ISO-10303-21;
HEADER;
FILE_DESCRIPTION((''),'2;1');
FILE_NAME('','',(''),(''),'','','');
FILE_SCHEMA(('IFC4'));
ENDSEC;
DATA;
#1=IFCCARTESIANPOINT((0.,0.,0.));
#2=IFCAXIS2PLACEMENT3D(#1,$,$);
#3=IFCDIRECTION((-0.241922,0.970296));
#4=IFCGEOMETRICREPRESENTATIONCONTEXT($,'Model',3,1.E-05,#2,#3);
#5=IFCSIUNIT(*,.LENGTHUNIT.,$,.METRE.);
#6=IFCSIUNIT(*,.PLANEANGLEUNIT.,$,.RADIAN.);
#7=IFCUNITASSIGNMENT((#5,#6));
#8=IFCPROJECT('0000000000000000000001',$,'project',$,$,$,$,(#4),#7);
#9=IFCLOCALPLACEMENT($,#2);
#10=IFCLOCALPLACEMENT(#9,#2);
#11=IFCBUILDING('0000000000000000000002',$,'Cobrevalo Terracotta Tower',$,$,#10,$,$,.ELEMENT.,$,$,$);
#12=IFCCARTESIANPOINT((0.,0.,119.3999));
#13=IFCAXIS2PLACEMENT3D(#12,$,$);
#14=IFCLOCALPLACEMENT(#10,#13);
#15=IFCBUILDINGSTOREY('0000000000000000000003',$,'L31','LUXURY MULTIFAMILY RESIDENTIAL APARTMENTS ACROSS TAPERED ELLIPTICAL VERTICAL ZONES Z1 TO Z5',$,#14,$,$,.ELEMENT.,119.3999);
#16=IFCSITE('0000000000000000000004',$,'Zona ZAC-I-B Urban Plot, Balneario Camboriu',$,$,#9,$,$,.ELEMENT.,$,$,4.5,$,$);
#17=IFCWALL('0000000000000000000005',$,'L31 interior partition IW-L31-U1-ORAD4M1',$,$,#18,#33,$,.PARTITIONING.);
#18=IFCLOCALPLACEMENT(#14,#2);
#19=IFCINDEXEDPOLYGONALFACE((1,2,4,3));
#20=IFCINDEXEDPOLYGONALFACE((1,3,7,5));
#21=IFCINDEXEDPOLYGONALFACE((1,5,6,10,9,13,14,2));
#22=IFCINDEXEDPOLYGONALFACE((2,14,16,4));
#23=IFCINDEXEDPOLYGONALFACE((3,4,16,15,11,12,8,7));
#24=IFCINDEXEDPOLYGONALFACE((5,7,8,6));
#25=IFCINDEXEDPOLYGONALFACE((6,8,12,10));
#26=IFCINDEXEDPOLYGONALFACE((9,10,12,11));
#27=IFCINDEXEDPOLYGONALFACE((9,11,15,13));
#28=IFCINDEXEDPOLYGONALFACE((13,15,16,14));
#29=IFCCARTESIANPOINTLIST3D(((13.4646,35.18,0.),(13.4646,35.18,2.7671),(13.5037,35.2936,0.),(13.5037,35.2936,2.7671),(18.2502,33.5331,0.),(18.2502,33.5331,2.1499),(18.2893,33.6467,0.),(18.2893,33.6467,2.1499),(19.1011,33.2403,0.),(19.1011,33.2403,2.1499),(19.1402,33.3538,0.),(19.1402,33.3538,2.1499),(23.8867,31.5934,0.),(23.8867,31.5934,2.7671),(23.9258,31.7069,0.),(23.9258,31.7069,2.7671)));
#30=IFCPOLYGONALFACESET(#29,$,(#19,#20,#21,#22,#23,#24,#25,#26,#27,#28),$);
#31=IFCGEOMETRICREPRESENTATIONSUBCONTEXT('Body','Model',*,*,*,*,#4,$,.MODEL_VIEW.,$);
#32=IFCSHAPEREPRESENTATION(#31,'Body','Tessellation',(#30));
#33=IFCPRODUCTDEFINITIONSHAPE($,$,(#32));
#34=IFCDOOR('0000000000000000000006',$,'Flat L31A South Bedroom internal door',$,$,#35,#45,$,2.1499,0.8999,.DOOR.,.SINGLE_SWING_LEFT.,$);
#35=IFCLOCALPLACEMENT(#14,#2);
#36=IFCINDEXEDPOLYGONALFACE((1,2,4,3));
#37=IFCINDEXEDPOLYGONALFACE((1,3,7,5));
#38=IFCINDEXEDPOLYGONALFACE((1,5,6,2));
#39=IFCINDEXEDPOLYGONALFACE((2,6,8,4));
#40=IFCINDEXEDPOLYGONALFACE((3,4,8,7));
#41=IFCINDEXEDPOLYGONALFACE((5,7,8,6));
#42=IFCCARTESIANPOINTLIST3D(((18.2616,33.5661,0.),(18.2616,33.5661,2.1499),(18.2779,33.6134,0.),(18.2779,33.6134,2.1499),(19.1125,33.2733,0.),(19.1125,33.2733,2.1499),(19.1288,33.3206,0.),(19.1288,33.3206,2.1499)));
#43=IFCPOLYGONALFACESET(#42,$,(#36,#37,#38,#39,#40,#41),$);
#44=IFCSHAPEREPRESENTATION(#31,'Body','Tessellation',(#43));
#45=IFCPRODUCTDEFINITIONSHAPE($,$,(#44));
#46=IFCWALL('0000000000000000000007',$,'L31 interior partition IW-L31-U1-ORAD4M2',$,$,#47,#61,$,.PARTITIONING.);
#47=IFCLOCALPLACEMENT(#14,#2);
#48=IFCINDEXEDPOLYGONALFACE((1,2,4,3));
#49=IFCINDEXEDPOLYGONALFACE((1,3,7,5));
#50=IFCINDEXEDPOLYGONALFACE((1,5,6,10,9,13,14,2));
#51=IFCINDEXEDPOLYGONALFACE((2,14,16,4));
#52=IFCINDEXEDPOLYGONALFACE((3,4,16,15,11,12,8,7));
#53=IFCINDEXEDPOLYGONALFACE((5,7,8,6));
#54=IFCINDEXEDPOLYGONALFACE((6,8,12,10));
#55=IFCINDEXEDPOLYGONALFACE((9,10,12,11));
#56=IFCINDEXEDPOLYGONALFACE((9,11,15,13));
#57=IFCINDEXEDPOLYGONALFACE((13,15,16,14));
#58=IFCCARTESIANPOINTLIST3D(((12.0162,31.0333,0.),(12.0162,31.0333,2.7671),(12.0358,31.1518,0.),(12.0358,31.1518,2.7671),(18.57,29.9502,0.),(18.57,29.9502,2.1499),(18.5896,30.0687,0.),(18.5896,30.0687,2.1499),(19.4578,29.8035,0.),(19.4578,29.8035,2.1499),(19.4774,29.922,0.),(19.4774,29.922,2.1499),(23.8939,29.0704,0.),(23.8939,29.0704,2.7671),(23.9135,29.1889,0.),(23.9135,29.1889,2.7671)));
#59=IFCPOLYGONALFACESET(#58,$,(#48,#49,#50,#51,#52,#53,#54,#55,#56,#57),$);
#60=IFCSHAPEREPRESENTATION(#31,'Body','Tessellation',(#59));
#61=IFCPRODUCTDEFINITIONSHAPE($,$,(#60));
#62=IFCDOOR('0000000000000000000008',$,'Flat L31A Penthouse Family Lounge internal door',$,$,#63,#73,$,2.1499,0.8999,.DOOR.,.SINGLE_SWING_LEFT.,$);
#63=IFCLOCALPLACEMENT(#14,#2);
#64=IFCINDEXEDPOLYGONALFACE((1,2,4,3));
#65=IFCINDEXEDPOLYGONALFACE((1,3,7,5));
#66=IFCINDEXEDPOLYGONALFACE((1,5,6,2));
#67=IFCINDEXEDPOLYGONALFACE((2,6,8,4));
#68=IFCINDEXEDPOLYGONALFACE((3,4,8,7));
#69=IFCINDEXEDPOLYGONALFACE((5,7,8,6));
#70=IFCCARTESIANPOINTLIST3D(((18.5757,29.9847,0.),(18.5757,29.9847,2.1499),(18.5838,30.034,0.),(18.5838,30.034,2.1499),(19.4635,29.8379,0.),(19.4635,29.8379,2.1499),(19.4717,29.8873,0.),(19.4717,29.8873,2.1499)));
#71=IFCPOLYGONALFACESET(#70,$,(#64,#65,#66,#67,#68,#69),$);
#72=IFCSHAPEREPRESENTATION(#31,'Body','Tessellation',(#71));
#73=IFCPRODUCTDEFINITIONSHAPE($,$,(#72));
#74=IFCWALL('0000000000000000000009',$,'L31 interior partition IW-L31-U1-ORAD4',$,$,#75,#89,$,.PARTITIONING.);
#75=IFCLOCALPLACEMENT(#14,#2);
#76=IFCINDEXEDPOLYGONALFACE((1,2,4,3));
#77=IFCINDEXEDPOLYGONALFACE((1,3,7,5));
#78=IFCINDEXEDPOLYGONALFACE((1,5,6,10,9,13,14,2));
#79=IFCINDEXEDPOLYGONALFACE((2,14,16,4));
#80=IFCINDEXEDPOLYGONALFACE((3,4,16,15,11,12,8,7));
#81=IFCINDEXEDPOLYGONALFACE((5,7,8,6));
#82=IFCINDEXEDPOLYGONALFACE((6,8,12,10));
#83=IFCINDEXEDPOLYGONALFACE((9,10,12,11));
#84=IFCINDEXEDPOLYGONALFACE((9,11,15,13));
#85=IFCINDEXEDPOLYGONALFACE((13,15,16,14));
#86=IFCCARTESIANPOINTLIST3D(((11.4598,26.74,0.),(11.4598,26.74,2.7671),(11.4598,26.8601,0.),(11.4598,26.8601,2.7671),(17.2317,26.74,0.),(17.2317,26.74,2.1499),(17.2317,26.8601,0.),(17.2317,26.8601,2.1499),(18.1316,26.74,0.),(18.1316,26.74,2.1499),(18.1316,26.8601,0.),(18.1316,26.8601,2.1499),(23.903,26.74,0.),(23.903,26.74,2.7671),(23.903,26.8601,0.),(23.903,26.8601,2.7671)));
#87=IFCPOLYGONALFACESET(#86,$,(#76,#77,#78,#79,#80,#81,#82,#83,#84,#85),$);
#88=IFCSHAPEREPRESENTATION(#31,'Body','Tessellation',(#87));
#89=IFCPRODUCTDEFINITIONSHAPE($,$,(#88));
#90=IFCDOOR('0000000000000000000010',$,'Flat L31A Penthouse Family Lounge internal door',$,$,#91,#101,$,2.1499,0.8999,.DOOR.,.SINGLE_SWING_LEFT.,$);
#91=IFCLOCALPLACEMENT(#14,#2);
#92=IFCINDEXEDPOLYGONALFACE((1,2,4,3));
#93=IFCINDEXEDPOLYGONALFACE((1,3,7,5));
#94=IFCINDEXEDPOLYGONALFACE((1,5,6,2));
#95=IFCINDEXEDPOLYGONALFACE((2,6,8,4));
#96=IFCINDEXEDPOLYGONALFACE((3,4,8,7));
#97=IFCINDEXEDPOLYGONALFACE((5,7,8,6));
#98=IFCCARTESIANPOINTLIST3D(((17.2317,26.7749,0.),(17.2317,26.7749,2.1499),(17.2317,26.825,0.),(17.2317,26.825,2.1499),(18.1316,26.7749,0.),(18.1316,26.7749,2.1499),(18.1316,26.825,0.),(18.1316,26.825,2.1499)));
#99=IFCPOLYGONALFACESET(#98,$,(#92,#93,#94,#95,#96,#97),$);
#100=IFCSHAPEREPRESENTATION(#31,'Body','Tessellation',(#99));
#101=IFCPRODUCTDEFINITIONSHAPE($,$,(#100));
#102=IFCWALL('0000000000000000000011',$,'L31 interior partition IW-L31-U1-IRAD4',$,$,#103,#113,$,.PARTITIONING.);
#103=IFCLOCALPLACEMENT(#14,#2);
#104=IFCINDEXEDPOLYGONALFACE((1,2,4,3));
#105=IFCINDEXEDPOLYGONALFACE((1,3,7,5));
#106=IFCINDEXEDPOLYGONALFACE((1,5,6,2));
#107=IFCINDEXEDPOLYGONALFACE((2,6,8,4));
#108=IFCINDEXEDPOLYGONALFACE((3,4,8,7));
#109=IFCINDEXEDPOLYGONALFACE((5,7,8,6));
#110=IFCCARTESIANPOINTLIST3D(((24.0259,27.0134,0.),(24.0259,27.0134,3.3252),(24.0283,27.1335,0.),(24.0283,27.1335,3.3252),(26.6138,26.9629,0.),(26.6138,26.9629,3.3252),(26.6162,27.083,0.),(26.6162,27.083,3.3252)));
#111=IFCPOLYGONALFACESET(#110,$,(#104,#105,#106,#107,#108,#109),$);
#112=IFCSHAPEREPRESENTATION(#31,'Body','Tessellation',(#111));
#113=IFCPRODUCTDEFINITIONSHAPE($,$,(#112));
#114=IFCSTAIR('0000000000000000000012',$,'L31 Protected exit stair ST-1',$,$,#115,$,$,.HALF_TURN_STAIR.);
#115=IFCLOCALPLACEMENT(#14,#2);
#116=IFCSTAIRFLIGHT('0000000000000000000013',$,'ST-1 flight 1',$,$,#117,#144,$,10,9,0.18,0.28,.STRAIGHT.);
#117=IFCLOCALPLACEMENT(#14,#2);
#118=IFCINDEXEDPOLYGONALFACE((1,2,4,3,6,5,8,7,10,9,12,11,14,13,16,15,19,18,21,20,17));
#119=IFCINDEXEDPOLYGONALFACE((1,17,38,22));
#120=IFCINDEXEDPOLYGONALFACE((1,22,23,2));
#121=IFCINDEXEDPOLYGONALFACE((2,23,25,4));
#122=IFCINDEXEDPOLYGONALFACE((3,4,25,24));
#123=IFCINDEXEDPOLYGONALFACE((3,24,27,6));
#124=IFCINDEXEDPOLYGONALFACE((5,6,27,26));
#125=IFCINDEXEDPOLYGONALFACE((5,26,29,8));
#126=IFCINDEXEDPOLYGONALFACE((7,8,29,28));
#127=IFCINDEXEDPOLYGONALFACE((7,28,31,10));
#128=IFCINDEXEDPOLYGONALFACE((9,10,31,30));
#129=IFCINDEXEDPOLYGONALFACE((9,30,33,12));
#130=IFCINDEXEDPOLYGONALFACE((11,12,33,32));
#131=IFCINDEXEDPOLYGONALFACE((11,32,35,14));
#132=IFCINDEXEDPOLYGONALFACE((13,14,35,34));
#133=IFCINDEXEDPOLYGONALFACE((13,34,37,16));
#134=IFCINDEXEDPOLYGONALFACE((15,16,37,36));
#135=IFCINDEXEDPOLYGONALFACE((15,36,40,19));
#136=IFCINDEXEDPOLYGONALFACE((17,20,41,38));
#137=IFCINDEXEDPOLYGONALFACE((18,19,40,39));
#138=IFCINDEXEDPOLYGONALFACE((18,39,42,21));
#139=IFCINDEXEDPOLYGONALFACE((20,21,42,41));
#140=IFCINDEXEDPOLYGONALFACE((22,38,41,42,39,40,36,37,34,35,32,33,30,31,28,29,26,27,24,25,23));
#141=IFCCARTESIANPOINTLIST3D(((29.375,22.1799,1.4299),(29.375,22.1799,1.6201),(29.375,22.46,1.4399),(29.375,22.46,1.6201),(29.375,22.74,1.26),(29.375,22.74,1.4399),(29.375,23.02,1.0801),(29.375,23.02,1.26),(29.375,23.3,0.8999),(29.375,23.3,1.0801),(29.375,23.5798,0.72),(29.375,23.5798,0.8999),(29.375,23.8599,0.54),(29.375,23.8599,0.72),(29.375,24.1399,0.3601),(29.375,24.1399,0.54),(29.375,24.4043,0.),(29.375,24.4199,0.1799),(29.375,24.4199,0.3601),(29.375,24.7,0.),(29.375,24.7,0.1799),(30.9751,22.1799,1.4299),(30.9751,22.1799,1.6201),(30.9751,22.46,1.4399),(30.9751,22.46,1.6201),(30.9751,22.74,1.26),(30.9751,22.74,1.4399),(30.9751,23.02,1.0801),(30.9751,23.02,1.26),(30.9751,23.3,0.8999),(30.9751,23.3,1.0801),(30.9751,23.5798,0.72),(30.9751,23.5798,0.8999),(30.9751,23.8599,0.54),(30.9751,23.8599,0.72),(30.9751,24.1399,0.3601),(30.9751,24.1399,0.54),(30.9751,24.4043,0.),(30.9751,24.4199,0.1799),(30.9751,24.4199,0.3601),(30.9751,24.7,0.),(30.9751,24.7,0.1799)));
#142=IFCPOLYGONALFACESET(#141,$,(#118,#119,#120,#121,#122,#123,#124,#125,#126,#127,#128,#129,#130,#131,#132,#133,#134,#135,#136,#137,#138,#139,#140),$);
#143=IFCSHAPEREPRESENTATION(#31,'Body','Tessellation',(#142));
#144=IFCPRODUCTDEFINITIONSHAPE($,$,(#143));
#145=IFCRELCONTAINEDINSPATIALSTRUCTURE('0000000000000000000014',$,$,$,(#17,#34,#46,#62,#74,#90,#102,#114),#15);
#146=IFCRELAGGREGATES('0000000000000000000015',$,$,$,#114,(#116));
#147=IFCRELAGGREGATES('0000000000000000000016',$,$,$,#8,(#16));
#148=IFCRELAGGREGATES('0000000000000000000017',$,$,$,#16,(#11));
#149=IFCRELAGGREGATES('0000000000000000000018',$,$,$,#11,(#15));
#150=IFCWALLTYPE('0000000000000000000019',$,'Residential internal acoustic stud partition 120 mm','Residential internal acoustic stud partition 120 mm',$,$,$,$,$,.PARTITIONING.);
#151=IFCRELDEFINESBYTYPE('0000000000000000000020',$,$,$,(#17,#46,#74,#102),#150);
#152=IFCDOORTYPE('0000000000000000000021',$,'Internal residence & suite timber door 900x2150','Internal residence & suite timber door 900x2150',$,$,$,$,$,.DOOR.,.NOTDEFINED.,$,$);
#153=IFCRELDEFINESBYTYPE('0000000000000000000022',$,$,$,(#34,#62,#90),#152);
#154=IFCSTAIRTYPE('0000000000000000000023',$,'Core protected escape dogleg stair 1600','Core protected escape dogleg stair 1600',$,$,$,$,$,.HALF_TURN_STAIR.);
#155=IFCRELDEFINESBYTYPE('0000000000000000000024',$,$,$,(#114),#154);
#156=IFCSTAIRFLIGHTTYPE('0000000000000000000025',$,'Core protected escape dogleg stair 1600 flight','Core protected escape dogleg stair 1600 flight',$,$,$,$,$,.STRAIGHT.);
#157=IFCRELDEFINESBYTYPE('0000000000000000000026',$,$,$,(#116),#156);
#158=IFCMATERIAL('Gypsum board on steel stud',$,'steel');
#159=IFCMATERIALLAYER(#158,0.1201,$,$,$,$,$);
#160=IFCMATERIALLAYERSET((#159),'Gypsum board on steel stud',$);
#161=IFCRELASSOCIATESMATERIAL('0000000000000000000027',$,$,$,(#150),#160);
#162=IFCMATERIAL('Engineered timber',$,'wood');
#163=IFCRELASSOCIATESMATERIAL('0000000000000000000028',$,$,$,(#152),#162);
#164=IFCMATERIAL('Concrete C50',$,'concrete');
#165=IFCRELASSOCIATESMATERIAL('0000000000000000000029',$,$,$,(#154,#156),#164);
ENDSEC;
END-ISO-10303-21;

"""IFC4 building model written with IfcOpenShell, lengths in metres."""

from ifc_helpers import new_model, si_unit, direction, frame, frame_2d, origin, place, context, subcontext, project, spatial, polyline, rectangle, outline, extrude, source, transform, mapped, material, layer, layer_set, type_object, element, fill, aggregate, save


model = new_model("IFC4")

# Units and contexts
model_context = context("Model", 3, precision=1e-05, world=origin(), true_north=direction((-0.241922, 0.970296)))
body_context = subcontext(model_context, "Body", "Model", "MODEL_VIEW")
ifc_project = project(units=[si_unit("LENGTHUNIT", "METRE"), si_unit("PLANEANGLEUNIT", "RADIAN")], contexts=[model_context])

# Site, building, storey
site_placement = place(None, origin())
site = spatial("IfcSite", under=ifc_project, at=site_placement, Name="Zona ZAC-I-B Urban Plot, Balneario Camboriu", CompositionType="ELEMENT", RefElevation=4.5)
building_placement = place(site_placement, origin())
building = spatial("IfcBuilding", under=site, at=building_placement, Name="Cobrevalo Terracotta Tower", CompositionType="ELEMENT")
storey_placement = place(building_placement, frame((0.0, 0.0, 119.3999)))
storey = spatial("IfcBuildingStorey", under=building, at=storey_placement, Name="L31", Description="LUXURY MULTIFAMILY RESIDENTIAL APARTMENTS ACROSS TAPERED ELLIPTICAL VERTICAL ZONES Z1 TO Z5", CompositionType="ELEMENT", Elevation=119.3999)

# Shared definitions
ifc_material_1 = material(Name="Gypsum board on steel stud", Category="steel")

# Walls, openings, doors
ifc_layer_1 = layer(ifc_material_1, 0.1201)
ifc_layer_set_1 = layer_set([ifc_layer_1], Name="Gypsum board on steel stud")
wall_type_1 = type_object("IfcWallType", Name="Residential internal acoustic stud partition 120 mm", Description="Residential internal acoustic stud partition 120 mm", PredefinedType="PARTITIONING", material=ifc_layer_set_1)
wall_1_placement = place(storey_placement, frame((23.9062, 31.6501, 0.0), z_axis=(0.0, 0.0, 1.0), x_axis=(-0.945573, 0.32541, 0.0)))
wall_1 = element("IfcWall", 1, at=wall_1_placement, inside=storey, type_object=wall_type_1, Name="L31 interior partition IW-L31-U1-ORAD4M1", PredefinedType="PARTITIONING", context=body_context, shape_type="SweptSolid", body=[
    extrude(rectangle(XDim=11.022, YDim=0.1201, at=frame_2d((5.511, 0.0))), origin(), (0.0, 0.0, 1.0), 2.7671),
])
opening_1_placement = place(wall_1_placement, frame((5.061, 0.0, 0.0)))
opening_1 = element("IfcOpeningElement", 2, at=opening_1_placement, cuts=wall_1, PredefinedType="OPENING", context=body_context, shape_type="SweptSolid", body=[
    extrude(rectangle(XDim=0.8999, YDim=2.1499, at=frame_2d((0.45, 1.075))), frame((0.0, 0.0701, 0.0), z_axis=(0.0, -1.0, 0.0), x_axis=(1.0, 0.0, 0.0)), (0.0, 0.0, 1.0), 0.1401),
])
ifc_material_2 = material(Name="Engineered timber", Category="wood")
door_type_1 = type_object("IfcDoorType", Name="Internal residence & suite timber door 900x2150", Description="Internal residence & suite timber door 900x2150", OperationType="NOTDEFINED", PredefinedType="DOOR", material=ifc_material_2)
shared_shape_1 = source(origin(), body_context, "Body", "SweptSolid", [
    extrude(rectangle(XDim=0.8999, YDim=2.1499, at=frame_2d((0.45, 1.075))), frame((0.0, 0.0249, 0.0), z_axis=(0.0, -1.0, 0.0), x_axis=(1.0, 0.0, 0.0)), (0.0, 0.0, 1.0), 0.05),
])
door_1_placement = place(opening_1_placement, frame((0.8999, 0.0, 0.0), z_axis=(0.0, 0.0, 1.0), x_axis=(-1.0, 0.0, 0.0)))
door_1 = element("IfcDoor", 3, at=door_1_placement, inside=storey, type_object=door_type_1, Name="Flat L31A South Bedroom internal door", OperationType="SINGLE_SWING_LEFT", OverallHeight=2.1499, OverallWidth=0.8999, PredefinedType="DOOR", context=body_context, shape_type="MappedRepresentation", body=[
    mapped(shared_shape_1, transform((0.0, 0.0, 0.0), scale=1.0)),
])
fill(opening_1, door_1)
wall_2_placement = place(storey_placement, frame((23.9038, 29.1296, 0.0), z_axis=(0.0, 0.0, 1.0), x_axis=(-0.986618, 0.163047, 0.0)))
wall_2 = element("IfcWall", 4, at=wall_2_placement, inside=storey, type_object=wall_type_1, Name="L31 interior partition IW-L31-U1-ORAD4M2", PredefinedType="PARTITIONING", context=body_context, shape_type="SweptSolid", body=[
    extrude(rectangle(XDim=12.0388, YDim=0.1201, at=frame_2d((6.0195, 0.0))), origin(), (0.0, 0.0, 1.0), 2.7671),
])
opening_2_placement = place(wall_2_placement, frame((4.4963, 0.0, 0.0)))
opening_2 = element("IfcOpeningElement", 5, at=opening_2_placement, cuts=wall_2, PredefinedType="OPENING", context=body_context, shape_type="SweptSolid", body=[
    extrude(rectangle(XDim=0.8999, YDim=2.1499, at=frame_2d((0.45, 1.075))), frame((0.0, 0.0701, 0.0), z_axis=(0.0, -1.0, 0.0), x_axis=(1.0, 0.0, 0.0)), (0.0, 0.0, 1.0), 0.1401),
])
door_2_placement = place(opening_2_placement, frame((0.8999, 0.0, 0.0), z_axis=(0.0, 0.0, 1.0), x_axis=(-1.0, 0.0, 0.0)))
door_2 = element("IfcDoor", 6, at=door_2_placement, inside=storey, type_object=door_type_1, Name="Flat L31A Penthouse Family Lounge internal door", OperationType="SINGLE_SWING_LEFT", OverallHeight=2.1499, OverallWidth=0.8999, PredefinedType="DOOR", context=body_context, shape_type="MappedRepresentation", body=[
    mapped(shared_shape_1, transform((0.0, 0.0, 0.0), scale=1.0)),
])
fill(opening_2, door_2)
wall_3_placement = place(storey_placement, frame((23.9031, 26.8, 0.0), z_axis=(0.0, 0.0, 1.0), x_axis=(-1.0, 0.0, 0.0)))
wall_3 = element("IfcWall", 7, at=wall_3_placement, inside=storey, type_object=wall_type_1, Name="L31 interior partition IW-L31-U1-ORAD4", PredefinedType="PARTITIONING", context=body_context, shape_type="SweptSolid", body=[
    extrude(rectangle(XDim=12.4431, YDim=0.1201, at=frame_2d((6.2217, 0.0))), origin(), (0.0, 0.0, 1.0), 2.7671),
])
opening_3_placement = place(wall_3_placement, frame((5.7715, 0.0, 0.0)))
opening_3 = element("IfcOpeningElement", 8, at=opening_3_placement, cuts=wall_3, PredefinedType="OPENING", context=body_context, shape_type="SweptSolid", body=[
    extrude(rectangle(XDim=0.8999, YDim=2.1499, at=frame_2d((0.45, 1.075))), frame((0.0, 0.0701, 0.0), z_axis=(0.0, -1.0, 0.0), x_axis=(1.0, 0.0, 0.0)), (0.0, 0.0, 1.0), 0.1401),
])
door_3_placement = place(opening_3_placement, frame((0.8999, 0.0, 0.0), z_axis=(0.0, 0.0, 1.0), x_axis=(-1.0, 0.0, 0.0)))
door_3 = element("IfcDoor", 9, at=door_3_placement, inside=storey, type_object=door_type_1, Name="Flat L31A Penthouse Family Lounge internal door", OperationType="SINGLE_SWING_LEFT", OverallHeight=2.1499, OverallWidth=0.8999, PredefinedType="DOOR", context=body_context, shape_type="MappedRepresentation", body=[
    mapped(shared_shape_1, transform((0.0, 0.0, 0.0), scale=1.0)),
])
fill(opening_3, door_3)

# Wall
wall_4_placement = place(storey_placement, frame((26.615, 27.0229, 0.0), z_axis=(0.0, 0.0, 1.0), x_axis=(-0.999809, 0.019525, 0.0)))
element("IfcWall", 10, at=wall_4_placement, inside=storey, type_object=wall_type_1, Name="L31 interior partition IW-L31-U1-IRAD4", PredefinedType="PARTITIONING", context=body_context, shape_type="SweptSolid", body=[
    extrude(rectangle(XDim=2.5884, YDim=0.1201, at=frame_2d((1.2942, 0.0))), origin(), (0.0, 0.0, 1.0), 3.3252),
])

# Shared definitions
ifc_material_3 = material(Name="Concrete C50", Category="concrete")

# Stair, stair flight
stair_type = type_object("IfcStairType", Name="Core protected escape dogleg stair 1600", Description="Core protected escape dogleg stair 1600", PredefinedType="HALF_TURN_STAIR", material=ifc_material_3)
stair_placement = place(storey_placement, origin())
stair = element("IfcStair", 11, at=stair_placement, inside=storey, type_object=stair_type, Name="L31 Protected exit stair ST-1", PredefinedType="HALF_TURN_STAIR")
stair_flight_type = type_object("IfcStairFlightType", Name="Core protected escape dogleg stair 1600 flight", Description="Core protected escape dogleg stair 1600 flight", PredefinedType="STRAIGHT", material=ifc_material_3)
stair_flight_placement = place(storey_placement, frame((30.175, 24.7, 0.0), z_axis=(0.0, 0.0, 1.0), x_axis=(0.0, -1.0, 0.0)))
stair_flight = element("IfcStairFlight", 12, at=stair_flight_placement, type_object=stair_flight_type, Name="ST-1 flight 1", NumberOfRisers=10, NumberOfTreads=9, PredefinedType="STRAIGHT", RiserHeight=0.18, TreadLength=0.28, context=body_context, shape_type="SweptSolid", body=[
    extrude(outline(polyline([(0.0, 0.0), (0.0, 0.1799), (0.28, 0.1799), (0.28, 0.3601), (0.5601, 0.3601), (0.5601, 0.54), (0.8401, 0.54), (0.8401, 0.72), (1.1201, 0.72), (1.1201, 0.8999), (1.3999, 0.8999), (1.3999, 1.0801), (1.6799, 1.0801), (1.6799, 1.26), (1.96, 1.26), (1.96, 1.4399), (2.24, 1.4399), (2.24, 1.6201), (2.52, 1.6201), (2.52, 1.8), (2.52, 1.4299), (0.2957, 0.0), (0.0, 0.0)])), frame((0.0, 0.8, 0.0), z_axis=(0.0, -1.0, 0.0), x_axis=(1.0, 0.0, 0.0)), (0.0, 0.0, 1.0), 1.6001),
])
aggregate(stair, [stair_flight])

save(model, "model.ifc")
